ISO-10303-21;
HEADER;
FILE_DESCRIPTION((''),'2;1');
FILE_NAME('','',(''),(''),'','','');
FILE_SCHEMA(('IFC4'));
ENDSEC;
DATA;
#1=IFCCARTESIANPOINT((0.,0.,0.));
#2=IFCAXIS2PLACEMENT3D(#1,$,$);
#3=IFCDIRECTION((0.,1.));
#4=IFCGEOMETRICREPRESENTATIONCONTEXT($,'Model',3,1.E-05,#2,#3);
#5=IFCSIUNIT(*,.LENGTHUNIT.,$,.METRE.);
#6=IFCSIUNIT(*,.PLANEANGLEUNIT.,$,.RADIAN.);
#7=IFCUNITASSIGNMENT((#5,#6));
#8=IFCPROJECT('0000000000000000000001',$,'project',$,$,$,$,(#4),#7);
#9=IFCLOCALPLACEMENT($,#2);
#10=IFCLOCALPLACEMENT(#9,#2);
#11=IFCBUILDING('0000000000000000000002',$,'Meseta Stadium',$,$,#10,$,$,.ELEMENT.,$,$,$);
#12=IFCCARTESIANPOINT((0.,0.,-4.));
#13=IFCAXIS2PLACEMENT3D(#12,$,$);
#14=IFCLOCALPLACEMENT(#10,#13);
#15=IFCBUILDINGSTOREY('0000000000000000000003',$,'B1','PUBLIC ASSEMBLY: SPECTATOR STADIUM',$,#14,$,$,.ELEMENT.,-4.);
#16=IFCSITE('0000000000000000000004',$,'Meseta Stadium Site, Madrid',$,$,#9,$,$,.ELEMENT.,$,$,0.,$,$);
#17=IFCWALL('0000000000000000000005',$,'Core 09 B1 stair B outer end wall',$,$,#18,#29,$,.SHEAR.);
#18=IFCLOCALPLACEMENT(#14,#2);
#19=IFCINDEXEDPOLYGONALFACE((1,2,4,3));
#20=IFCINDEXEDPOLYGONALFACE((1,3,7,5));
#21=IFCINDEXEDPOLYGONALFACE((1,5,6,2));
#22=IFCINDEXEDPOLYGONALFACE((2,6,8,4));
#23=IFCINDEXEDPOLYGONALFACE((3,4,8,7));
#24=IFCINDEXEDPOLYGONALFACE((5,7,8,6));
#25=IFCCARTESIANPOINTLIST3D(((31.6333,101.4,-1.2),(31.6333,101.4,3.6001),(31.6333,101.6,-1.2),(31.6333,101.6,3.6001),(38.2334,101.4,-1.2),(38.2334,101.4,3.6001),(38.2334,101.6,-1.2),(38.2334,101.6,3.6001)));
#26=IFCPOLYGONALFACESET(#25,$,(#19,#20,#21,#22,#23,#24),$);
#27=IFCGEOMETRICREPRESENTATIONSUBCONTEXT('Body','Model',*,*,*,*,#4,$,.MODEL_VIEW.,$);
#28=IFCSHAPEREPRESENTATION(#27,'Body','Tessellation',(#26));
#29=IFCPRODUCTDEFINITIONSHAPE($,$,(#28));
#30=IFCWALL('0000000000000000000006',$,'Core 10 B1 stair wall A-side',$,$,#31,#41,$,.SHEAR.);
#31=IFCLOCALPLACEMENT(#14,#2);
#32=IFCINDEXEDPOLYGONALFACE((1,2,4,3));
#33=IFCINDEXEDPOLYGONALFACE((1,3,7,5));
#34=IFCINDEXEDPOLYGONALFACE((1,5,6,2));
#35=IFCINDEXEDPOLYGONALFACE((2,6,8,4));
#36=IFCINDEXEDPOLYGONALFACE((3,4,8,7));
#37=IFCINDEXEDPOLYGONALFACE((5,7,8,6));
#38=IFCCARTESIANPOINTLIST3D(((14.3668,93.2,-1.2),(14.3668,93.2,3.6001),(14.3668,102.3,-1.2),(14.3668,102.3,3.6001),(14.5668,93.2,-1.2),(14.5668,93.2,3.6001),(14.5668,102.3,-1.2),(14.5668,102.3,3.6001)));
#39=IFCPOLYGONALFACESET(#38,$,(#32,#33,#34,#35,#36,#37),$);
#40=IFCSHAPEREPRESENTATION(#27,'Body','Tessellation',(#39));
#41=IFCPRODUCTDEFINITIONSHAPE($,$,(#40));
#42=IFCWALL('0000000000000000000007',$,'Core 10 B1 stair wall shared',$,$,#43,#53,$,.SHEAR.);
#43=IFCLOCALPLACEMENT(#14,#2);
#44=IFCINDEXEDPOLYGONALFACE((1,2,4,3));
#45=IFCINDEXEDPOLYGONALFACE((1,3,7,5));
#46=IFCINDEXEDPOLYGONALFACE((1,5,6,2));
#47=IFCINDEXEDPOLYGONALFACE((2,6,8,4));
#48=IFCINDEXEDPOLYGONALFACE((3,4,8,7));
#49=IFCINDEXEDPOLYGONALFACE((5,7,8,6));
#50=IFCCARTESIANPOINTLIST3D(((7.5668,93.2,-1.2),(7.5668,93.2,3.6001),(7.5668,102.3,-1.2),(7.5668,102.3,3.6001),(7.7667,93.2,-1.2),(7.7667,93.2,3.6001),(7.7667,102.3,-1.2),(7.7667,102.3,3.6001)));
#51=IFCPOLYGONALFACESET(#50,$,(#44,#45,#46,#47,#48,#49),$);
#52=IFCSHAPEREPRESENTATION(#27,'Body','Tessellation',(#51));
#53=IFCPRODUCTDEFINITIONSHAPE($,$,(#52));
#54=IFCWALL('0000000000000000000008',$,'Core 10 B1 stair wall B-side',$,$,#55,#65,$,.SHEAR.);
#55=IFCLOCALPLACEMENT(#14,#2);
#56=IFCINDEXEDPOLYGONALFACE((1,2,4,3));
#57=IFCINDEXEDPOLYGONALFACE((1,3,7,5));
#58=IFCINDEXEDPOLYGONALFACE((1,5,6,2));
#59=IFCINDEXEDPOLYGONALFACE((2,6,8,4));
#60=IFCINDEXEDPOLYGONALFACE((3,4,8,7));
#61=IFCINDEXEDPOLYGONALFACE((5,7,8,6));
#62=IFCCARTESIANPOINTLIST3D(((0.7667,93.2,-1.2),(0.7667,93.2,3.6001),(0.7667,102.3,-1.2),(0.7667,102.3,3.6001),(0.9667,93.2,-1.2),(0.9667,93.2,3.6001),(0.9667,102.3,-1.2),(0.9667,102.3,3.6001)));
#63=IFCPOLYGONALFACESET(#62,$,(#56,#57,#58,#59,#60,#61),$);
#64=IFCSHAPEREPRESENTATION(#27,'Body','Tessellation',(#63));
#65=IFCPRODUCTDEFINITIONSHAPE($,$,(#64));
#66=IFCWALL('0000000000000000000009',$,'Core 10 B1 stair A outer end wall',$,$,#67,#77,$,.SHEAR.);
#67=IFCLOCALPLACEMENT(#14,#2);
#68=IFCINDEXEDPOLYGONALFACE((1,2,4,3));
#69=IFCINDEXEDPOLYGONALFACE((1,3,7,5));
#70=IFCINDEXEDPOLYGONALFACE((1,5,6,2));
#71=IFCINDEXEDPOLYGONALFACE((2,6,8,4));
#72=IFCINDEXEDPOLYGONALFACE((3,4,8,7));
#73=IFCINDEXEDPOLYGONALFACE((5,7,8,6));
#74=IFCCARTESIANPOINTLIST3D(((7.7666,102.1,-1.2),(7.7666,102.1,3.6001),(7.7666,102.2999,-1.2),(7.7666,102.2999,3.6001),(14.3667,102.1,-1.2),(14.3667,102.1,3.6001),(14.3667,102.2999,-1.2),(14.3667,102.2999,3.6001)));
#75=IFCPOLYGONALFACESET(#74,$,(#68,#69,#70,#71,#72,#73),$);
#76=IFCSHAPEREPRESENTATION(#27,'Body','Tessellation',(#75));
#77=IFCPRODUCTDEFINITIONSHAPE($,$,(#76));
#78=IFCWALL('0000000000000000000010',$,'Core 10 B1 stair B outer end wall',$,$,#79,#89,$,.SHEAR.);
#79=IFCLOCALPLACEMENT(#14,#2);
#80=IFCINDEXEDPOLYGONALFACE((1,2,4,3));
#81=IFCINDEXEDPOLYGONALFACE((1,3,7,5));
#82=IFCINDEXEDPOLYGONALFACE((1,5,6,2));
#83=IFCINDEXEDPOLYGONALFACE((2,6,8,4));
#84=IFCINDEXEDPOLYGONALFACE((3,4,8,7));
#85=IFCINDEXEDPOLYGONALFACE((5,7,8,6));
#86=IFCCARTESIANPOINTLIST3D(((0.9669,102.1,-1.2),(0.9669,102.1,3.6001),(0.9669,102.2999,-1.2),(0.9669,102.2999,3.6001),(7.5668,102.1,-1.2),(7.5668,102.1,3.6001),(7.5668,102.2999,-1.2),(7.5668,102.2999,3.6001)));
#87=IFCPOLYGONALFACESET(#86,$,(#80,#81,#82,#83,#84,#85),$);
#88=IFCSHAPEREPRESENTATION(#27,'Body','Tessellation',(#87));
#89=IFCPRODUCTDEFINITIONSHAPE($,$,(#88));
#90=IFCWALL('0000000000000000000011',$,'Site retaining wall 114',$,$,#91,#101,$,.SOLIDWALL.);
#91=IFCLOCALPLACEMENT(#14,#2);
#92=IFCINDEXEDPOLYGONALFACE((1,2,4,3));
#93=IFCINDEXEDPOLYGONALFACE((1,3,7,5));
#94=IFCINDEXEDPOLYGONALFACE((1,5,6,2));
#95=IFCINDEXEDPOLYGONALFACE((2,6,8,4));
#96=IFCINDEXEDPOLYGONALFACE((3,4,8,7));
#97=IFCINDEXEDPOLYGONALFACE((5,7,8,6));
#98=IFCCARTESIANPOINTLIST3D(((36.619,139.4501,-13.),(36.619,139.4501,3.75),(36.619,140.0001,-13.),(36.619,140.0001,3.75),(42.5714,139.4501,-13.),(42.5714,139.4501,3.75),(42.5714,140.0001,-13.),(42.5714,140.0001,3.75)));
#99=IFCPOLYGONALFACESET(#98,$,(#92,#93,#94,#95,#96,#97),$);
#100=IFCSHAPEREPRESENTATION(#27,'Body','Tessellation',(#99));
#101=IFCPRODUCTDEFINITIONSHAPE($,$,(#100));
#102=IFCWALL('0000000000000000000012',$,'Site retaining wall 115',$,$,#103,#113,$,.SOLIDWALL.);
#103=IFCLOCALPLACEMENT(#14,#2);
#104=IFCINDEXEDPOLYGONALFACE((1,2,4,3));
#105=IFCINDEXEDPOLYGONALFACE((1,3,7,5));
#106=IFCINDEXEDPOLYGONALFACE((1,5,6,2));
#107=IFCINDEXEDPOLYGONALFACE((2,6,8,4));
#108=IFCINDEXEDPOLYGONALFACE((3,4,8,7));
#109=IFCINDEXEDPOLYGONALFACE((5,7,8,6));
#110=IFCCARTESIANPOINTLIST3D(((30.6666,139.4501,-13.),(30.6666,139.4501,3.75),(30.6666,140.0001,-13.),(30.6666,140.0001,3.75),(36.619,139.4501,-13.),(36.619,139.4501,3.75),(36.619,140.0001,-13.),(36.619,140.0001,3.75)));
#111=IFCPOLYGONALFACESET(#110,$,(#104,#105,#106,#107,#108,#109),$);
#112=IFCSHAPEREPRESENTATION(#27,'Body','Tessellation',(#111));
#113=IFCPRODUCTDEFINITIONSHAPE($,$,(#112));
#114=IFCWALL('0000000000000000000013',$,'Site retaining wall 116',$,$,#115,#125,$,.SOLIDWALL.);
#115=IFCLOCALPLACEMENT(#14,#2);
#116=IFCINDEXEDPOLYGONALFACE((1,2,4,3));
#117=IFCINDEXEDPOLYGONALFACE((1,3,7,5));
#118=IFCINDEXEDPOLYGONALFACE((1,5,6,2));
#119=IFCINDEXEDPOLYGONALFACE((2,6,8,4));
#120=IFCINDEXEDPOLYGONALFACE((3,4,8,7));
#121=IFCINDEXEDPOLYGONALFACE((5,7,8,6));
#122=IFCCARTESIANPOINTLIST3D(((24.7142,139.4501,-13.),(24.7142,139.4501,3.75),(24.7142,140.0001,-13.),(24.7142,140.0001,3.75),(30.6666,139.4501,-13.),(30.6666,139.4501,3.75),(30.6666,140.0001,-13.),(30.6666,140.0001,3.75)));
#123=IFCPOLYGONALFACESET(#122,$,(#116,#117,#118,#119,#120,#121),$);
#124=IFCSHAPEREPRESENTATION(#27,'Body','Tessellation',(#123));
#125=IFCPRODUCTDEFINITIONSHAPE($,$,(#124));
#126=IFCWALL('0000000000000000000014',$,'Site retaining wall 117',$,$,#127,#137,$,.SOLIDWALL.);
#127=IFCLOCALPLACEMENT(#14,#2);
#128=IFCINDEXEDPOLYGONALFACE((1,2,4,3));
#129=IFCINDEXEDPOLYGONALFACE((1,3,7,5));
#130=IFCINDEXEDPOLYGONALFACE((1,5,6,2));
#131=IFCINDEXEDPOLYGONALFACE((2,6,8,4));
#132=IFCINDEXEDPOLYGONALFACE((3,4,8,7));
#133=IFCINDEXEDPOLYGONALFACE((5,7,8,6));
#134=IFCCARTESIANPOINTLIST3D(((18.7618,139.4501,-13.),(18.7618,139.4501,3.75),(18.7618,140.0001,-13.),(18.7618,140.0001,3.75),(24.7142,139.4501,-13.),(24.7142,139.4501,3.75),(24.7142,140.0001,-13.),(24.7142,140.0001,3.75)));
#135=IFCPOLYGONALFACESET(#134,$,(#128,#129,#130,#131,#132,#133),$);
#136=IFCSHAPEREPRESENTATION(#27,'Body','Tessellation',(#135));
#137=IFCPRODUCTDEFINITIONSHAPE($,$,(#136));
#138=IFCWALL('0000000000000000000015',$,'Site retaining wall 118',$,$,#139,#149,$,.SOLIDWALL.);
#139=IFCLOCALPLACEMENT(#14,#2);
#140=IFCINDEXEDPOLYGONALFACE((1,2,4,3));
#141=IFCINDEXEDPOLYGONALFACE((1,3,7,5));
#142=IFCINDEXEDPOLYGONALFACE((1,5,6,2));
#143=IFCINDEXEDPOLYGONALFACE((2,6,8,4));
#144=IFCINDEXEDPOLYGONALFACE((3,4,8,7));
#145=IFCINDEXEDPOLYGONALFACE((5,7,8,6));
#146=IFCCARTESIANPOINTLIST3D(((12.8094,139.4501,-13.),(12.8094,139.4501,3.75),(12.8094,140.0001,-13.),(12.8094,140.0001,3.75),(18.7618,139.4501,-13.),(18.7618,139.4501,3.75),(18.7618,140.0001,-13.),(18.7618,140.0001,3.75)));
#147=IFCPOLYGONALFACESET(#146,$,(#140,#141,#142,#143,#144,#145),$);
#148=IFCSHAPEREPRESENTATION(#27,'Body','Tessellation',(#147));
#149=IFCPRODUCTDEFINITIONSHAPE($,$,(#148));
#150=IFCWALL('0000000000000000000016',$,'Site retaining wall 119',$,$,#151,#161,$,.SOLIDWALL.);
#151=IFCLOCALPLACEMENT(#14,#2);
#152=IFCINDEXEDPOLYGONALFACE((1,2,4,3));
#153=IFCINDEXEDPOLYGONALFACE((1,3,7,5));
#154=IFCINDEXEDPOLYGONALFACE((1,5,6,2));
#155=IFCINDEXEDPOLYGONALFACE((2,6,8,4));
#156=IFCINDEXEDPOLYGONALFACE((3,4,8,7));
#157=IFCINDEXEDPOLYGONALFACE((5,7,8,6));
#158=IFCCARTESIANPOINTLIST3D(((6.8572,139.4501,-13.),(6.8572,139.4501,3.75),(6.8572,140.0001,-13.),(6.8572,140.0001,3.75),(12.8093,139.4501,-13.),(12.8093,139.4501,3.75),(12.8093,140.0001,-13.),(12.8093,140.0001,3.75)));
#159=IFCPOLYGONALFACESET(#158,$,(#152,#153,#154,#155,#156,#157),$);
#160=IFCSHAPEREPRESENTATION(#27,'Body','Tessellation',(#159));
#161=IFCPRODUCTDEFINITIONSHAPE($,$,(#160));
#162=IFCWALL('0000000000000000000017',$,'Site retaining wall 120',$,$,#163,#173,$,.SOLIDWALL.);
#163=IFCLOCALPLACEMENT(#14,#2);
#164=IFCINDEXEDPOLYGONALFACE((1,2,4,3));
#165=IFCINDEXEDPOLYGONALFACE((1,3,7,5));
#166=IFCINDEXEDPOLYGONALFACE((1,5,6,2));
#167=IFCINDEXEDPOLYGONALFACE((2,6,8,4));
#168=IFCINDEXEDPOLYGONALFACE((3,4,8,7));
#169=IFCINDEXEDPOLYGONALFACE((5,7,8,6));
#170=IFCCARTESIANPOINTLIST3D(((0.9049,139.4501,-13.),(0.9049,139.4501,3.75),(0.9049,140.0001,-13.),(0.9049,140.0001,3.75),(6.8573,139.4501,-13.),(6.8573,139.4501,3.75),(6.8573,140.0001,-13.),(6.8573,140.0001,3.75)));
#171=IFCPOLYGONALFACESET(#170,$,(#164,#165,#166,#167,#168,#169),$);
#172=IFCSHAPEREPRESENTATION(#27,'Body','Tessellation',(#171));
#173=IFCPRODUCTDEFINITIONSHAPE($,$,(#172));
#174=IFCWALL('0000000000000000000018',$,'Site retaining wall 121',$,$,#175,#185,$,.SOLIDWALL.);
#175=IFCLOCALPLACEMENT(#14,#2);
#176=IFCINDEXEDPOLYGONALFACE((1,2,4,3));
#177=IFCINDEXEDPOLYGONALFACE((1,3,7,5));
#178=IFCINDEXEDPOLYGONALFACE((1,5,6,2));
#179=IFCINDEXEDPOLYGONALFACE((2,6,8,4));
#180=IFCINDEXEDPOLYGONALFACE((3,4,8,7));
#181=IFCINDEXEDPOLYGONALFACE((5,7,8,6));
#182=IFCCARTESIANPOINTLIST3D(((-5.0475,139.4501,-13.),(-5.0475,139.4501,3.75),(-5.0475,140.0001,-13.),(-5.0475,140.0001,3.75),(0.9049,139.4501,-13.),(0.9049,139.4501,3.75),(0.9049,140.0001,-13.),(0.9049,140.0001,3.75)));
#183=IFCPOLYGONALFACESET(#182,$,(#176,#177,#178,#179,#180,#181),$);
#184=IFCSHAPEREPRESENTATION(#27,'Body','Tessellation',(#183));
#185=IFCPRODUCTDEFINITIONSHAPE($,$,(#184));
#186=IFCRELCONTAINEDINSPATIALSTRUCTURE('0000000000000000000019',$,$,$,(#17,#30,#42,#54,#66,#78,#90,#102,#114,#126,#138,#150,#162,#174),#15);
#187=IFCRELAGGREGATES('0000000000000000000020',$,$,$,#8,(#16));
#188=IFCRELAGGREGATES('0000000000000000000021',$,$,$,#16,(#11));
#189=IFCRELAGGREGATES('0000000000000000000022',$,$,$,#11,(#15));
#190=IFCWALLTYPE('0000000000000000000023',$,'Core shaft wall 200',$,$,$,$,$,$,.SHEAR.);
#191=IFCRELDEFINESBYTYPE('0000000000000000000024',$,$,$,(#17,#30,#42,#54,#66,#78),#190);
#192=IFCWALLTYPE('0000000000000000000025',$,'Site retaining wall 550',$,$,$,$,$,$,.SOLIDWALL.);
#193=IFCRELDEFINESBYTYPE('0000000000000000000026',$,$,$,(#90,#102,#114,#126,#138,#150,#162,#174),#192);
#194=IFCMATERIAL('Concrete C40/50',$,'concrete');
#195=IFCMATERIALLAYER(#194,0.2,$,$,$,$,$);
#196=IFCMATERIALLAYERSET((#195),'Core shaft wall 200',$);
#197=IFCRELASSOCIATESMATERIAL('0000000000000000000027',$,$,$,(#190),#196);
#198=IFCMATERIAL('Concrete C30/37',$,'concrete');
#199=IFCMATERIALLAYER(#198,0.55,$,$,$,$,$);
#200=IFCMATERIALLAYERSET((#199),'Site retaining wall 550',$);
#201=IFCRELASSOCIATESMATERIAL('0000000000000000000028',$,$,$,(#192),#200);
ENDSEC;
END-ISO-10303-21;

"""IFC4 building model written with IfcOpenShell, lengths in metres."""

from ifc_helpers import new_model, si_unit, direction, frame, frame_2d, origin, place, context, subcontext, project, spatial, rectangle, extrude, material, layer, layer_set, type_object, element, save


model = new_model("IFC4")

# Units and contexts
model_context = context("Model", 3, precision=1e-05, world=origin(), true_north=direction((0.0, 1.0)))
body_context = subcontext(model_context, "Body", "Model", "MODEL_VIEW")
ifc_project = project(units=[si_unit("LENGTHUNIT", "METRE"), si_unit("PLANEANGLEUNIT", "RADIAN")], contexts=[model_context])

# Site, building, storey
site_placement = place(None, origin())
site = spatial("IfcSite", under=ifc_project, at=site_placement, Name="Meseta Stadium Site, Madrid", CompositionType="ELEMENT", RefElevation=0.0)
building_placement = place(site_placement, origin())
building = spatial("IfcBuilding", under=site, at=building_placement, Name="Meseta Stadium", CompositionType="ELEMENT")
storey_placement = place(building_placement, frame((0.0, 0.0, -4.0)))
storey = spatial("IfcBuildingStorey", under=building, at=storey_placement, Name="B1", Description="PUBLIC ASSEMBLY: SPECTATOR STADIUM", CompositionType="ELEMENT", Elevation=-4.0)

# Walls
ifc_material_1 = material(Name="Concrete C40/50", Category="concrete")
ifc_layer_1 = layer(ifc_material_1, 0.2)
ifc_layer_set_1 = layer_set([ifc_layer_1], Name="Core shaft wall 200")
wall_type_1 = type_object("IfcWallType", Name="Core shaft wall 200", PredefinedType="SHEAR", material=ifc_layer_set_1)
wall_1_placement = place(storey_placement, frame((38.2334, 101.5, -1.2), z_axis=(0.0, 0.0, 1.0), x_axis=(-1.0, 0.0, 0.0)))
element("IfcWall", 1, at=wall_1_placement, inside=storey, type_object=wall_type_1, Name="Core 09 B1 stair B outer end wall", PredefinedType="SHEAR", context=body_context, shape_type="SweptSolid", body=[
    extrude(rectangle(XDim=6.6001, YDim=0.2, at=frame_2d((3.3, 0.0))), origin(), (0.0, 0.0, 1.0), 4.8),
])
for number, where, z_axis, x_axis, name in (
    (2, (14.4668, 102.3, -1.2), (0.0, 0.0, 1.0), (0.0, -1.0, 0.0), "Core 10 B1 stair wall A-side"),
    (3, (7.6667, 102.3, -1.2), (0.0, 0.0, 1.0), (0.0, -1.0, 0.0), "Core 10 B1 stair wall shared"),
    (4, (0.8667, 102.3, -1.2), (0.0, 0.0, 1.0), (0.0, -1.0, 0.0), "Core 10 B1 stair wall B-side"),
):
    element("IfcWall", number, at=place(storey_placement, frame(where, z_axis=z_axis, x_axis=x_axis)), inside=storey, type_object=wall_type_1, Name=name, PredefinedType="SHEAR", context=body_context, shape_type="SweptSolid", body=[
        extrude(rectangle(XDim=9.1001, YDim=0.2, at=frame_2d((4.55, 0.0))), origin(), (0.0, 0.0, 1.0), 4.8),
    ])
wall_2_placement = place(storey_placement, frame((14.3667, 102.2, -1.2), z_axis=(0.0, 0.0, 1.0), x_axis=(-1.0, 0.0, 0.0)))
element("IfcWall", 5, at=wall_2_placement, inside=storey, type_object=wall_type_1, Name="Core 10 B1 stair A outer end wall", PredefinedType="SHEAR", context=body_context, shape_type="SweptSolid", body=[
    extrude(rectangle(XDim=6.6001, YDim=0.2, at=frame_2d((3.3, 0.0))), origin(), (0.0, 0.0, 1.0), 4.8),
])
wall_3_placement = place(storey_placement, frame((7.5667, 102.2, -1.2), z_axis=(0.0, 0.0, 1.0), x_axis=(-1.0, 0.0, 0.0)))
element("IfcWall", 6, at=wall_3_placement, inside=storey, type_object=wall_type_1, Name="Core 10 B1 stair B outer end wall", PredefinedType="SHEAR", context=body_context, shape_type="SweptSolid", body=[
    extrude(rectangle(XDim=6.5999, YDim=0.2, at=frame_2d((3.2998, 0.0))), origin(), (0.0, 0.0, 1.0), 4.8),
])
ifc_material_2 = material(Name="Concrete C30/37", Category="concrete")
ifc_layer_2 = layer(ifc_material_2, 0.55)
ifc_layer_set_2 = layer_set([ifc_layer_2], Name="Site retaining wall 550")
wall_type_2 = type_object("IfcWallType", Name="Site retaining wall 550", PredefinedType="SOLIDWALL", material=ifc_layer_set_2)
for number, where, z_axis, x_axis, name in (
    (7, (42.5713, 139.7251, -13.0), (0.0, 0.0, 1.0), (-1.0, 0.0, 0.0), "Site retaining wall 114"),
    (8, (36.6189, 139.7251, -13.0), (0.0, 0.0, 1.0), (-1.0, 0.0, 0.0), "Site retaining wall 115"),
    (9, (30.6665, 139.7251, -13.0), (0.0, 0.0, 1.0), (-1.0, 0.0, 0.0), "Site retaining wall 116"),
    (10, (24.7141, 139.7251, -13.0), (0.0, 0.0, 1.0), (-1.0, 0.0, 0.0), "Site retaining wall 117"),
    (11, (18.7617, 139.7251, -13.0), (0.0, 0.0, 1.0), (-1.0, 0.0, 0.0), "Site retaining wall 118"),
):
    element("IfcWall", number, at=place(storey_placement, frame(where, z_axis=z_axis, x_axis=x_axis)), inside=storey, type_object=wall_type_2, Name=name, PredefinedType="SOLIDWALL", context=body_context, shape_type="SweptSolid", body=[
        extrude(rectangle(XDim=5.9524, YDim=0.55, at=frame_2d((2.9761, 0.0))), origin(), (0.0, 0.0, 1.0), 16.75),
    ])
wall_4_placement = place(storey_placement, frame((12.8093, 139.7251, -13.0), z_axis=(0.0, 0.0, 1.0), x_axis=(-1.0, 0.0, 0.0)))
element("IfcWall", 12, at=wall_4_placement, inside=storey, type_object=wall_type_2, Name="Site retaining wall 119", PredefinedType="SOLIDWALL", context=body_context, shape_type="SweptSolid", body=[
    extrude(rectangle(XDim=5.9521, YDim=0.55, at=frame_2d((2.9761, 0.0))), origin(), (0.0, 0.0, 1.0), 16.75),
])
for number, where, z_axis, x_axis, name in (
    (13, (6.8572, 139.7251, -13.0), (0.0, 0.0, 1.0), (-1.0, 0.0, 0.0), "Site retaining wall 120"),
    (14, (0.9048, 139.7251, -13.0), (0.0, 0.0, 1.0), (-1.0, 0.0, 0.0), "Site retaining wall 121"),
):
    element("IfcWall", number, at=place(storey_placement, frame(where, z_axis=z_axis, x_axis=x_axis)), inside=storey, type_object=wall_type_2, Name=name, PredefinedType="SOLIDWALL", context=body_context, shape_type="SweptSolid", body=[
        extrude(rectangle(XDim=5.9524, YDim=0.55, at=frame_2d((2.9761, 0.0))), origin(), (0.0, 0.0, 1.0), 16.75),
    ])

save(model, "model.ifc")
